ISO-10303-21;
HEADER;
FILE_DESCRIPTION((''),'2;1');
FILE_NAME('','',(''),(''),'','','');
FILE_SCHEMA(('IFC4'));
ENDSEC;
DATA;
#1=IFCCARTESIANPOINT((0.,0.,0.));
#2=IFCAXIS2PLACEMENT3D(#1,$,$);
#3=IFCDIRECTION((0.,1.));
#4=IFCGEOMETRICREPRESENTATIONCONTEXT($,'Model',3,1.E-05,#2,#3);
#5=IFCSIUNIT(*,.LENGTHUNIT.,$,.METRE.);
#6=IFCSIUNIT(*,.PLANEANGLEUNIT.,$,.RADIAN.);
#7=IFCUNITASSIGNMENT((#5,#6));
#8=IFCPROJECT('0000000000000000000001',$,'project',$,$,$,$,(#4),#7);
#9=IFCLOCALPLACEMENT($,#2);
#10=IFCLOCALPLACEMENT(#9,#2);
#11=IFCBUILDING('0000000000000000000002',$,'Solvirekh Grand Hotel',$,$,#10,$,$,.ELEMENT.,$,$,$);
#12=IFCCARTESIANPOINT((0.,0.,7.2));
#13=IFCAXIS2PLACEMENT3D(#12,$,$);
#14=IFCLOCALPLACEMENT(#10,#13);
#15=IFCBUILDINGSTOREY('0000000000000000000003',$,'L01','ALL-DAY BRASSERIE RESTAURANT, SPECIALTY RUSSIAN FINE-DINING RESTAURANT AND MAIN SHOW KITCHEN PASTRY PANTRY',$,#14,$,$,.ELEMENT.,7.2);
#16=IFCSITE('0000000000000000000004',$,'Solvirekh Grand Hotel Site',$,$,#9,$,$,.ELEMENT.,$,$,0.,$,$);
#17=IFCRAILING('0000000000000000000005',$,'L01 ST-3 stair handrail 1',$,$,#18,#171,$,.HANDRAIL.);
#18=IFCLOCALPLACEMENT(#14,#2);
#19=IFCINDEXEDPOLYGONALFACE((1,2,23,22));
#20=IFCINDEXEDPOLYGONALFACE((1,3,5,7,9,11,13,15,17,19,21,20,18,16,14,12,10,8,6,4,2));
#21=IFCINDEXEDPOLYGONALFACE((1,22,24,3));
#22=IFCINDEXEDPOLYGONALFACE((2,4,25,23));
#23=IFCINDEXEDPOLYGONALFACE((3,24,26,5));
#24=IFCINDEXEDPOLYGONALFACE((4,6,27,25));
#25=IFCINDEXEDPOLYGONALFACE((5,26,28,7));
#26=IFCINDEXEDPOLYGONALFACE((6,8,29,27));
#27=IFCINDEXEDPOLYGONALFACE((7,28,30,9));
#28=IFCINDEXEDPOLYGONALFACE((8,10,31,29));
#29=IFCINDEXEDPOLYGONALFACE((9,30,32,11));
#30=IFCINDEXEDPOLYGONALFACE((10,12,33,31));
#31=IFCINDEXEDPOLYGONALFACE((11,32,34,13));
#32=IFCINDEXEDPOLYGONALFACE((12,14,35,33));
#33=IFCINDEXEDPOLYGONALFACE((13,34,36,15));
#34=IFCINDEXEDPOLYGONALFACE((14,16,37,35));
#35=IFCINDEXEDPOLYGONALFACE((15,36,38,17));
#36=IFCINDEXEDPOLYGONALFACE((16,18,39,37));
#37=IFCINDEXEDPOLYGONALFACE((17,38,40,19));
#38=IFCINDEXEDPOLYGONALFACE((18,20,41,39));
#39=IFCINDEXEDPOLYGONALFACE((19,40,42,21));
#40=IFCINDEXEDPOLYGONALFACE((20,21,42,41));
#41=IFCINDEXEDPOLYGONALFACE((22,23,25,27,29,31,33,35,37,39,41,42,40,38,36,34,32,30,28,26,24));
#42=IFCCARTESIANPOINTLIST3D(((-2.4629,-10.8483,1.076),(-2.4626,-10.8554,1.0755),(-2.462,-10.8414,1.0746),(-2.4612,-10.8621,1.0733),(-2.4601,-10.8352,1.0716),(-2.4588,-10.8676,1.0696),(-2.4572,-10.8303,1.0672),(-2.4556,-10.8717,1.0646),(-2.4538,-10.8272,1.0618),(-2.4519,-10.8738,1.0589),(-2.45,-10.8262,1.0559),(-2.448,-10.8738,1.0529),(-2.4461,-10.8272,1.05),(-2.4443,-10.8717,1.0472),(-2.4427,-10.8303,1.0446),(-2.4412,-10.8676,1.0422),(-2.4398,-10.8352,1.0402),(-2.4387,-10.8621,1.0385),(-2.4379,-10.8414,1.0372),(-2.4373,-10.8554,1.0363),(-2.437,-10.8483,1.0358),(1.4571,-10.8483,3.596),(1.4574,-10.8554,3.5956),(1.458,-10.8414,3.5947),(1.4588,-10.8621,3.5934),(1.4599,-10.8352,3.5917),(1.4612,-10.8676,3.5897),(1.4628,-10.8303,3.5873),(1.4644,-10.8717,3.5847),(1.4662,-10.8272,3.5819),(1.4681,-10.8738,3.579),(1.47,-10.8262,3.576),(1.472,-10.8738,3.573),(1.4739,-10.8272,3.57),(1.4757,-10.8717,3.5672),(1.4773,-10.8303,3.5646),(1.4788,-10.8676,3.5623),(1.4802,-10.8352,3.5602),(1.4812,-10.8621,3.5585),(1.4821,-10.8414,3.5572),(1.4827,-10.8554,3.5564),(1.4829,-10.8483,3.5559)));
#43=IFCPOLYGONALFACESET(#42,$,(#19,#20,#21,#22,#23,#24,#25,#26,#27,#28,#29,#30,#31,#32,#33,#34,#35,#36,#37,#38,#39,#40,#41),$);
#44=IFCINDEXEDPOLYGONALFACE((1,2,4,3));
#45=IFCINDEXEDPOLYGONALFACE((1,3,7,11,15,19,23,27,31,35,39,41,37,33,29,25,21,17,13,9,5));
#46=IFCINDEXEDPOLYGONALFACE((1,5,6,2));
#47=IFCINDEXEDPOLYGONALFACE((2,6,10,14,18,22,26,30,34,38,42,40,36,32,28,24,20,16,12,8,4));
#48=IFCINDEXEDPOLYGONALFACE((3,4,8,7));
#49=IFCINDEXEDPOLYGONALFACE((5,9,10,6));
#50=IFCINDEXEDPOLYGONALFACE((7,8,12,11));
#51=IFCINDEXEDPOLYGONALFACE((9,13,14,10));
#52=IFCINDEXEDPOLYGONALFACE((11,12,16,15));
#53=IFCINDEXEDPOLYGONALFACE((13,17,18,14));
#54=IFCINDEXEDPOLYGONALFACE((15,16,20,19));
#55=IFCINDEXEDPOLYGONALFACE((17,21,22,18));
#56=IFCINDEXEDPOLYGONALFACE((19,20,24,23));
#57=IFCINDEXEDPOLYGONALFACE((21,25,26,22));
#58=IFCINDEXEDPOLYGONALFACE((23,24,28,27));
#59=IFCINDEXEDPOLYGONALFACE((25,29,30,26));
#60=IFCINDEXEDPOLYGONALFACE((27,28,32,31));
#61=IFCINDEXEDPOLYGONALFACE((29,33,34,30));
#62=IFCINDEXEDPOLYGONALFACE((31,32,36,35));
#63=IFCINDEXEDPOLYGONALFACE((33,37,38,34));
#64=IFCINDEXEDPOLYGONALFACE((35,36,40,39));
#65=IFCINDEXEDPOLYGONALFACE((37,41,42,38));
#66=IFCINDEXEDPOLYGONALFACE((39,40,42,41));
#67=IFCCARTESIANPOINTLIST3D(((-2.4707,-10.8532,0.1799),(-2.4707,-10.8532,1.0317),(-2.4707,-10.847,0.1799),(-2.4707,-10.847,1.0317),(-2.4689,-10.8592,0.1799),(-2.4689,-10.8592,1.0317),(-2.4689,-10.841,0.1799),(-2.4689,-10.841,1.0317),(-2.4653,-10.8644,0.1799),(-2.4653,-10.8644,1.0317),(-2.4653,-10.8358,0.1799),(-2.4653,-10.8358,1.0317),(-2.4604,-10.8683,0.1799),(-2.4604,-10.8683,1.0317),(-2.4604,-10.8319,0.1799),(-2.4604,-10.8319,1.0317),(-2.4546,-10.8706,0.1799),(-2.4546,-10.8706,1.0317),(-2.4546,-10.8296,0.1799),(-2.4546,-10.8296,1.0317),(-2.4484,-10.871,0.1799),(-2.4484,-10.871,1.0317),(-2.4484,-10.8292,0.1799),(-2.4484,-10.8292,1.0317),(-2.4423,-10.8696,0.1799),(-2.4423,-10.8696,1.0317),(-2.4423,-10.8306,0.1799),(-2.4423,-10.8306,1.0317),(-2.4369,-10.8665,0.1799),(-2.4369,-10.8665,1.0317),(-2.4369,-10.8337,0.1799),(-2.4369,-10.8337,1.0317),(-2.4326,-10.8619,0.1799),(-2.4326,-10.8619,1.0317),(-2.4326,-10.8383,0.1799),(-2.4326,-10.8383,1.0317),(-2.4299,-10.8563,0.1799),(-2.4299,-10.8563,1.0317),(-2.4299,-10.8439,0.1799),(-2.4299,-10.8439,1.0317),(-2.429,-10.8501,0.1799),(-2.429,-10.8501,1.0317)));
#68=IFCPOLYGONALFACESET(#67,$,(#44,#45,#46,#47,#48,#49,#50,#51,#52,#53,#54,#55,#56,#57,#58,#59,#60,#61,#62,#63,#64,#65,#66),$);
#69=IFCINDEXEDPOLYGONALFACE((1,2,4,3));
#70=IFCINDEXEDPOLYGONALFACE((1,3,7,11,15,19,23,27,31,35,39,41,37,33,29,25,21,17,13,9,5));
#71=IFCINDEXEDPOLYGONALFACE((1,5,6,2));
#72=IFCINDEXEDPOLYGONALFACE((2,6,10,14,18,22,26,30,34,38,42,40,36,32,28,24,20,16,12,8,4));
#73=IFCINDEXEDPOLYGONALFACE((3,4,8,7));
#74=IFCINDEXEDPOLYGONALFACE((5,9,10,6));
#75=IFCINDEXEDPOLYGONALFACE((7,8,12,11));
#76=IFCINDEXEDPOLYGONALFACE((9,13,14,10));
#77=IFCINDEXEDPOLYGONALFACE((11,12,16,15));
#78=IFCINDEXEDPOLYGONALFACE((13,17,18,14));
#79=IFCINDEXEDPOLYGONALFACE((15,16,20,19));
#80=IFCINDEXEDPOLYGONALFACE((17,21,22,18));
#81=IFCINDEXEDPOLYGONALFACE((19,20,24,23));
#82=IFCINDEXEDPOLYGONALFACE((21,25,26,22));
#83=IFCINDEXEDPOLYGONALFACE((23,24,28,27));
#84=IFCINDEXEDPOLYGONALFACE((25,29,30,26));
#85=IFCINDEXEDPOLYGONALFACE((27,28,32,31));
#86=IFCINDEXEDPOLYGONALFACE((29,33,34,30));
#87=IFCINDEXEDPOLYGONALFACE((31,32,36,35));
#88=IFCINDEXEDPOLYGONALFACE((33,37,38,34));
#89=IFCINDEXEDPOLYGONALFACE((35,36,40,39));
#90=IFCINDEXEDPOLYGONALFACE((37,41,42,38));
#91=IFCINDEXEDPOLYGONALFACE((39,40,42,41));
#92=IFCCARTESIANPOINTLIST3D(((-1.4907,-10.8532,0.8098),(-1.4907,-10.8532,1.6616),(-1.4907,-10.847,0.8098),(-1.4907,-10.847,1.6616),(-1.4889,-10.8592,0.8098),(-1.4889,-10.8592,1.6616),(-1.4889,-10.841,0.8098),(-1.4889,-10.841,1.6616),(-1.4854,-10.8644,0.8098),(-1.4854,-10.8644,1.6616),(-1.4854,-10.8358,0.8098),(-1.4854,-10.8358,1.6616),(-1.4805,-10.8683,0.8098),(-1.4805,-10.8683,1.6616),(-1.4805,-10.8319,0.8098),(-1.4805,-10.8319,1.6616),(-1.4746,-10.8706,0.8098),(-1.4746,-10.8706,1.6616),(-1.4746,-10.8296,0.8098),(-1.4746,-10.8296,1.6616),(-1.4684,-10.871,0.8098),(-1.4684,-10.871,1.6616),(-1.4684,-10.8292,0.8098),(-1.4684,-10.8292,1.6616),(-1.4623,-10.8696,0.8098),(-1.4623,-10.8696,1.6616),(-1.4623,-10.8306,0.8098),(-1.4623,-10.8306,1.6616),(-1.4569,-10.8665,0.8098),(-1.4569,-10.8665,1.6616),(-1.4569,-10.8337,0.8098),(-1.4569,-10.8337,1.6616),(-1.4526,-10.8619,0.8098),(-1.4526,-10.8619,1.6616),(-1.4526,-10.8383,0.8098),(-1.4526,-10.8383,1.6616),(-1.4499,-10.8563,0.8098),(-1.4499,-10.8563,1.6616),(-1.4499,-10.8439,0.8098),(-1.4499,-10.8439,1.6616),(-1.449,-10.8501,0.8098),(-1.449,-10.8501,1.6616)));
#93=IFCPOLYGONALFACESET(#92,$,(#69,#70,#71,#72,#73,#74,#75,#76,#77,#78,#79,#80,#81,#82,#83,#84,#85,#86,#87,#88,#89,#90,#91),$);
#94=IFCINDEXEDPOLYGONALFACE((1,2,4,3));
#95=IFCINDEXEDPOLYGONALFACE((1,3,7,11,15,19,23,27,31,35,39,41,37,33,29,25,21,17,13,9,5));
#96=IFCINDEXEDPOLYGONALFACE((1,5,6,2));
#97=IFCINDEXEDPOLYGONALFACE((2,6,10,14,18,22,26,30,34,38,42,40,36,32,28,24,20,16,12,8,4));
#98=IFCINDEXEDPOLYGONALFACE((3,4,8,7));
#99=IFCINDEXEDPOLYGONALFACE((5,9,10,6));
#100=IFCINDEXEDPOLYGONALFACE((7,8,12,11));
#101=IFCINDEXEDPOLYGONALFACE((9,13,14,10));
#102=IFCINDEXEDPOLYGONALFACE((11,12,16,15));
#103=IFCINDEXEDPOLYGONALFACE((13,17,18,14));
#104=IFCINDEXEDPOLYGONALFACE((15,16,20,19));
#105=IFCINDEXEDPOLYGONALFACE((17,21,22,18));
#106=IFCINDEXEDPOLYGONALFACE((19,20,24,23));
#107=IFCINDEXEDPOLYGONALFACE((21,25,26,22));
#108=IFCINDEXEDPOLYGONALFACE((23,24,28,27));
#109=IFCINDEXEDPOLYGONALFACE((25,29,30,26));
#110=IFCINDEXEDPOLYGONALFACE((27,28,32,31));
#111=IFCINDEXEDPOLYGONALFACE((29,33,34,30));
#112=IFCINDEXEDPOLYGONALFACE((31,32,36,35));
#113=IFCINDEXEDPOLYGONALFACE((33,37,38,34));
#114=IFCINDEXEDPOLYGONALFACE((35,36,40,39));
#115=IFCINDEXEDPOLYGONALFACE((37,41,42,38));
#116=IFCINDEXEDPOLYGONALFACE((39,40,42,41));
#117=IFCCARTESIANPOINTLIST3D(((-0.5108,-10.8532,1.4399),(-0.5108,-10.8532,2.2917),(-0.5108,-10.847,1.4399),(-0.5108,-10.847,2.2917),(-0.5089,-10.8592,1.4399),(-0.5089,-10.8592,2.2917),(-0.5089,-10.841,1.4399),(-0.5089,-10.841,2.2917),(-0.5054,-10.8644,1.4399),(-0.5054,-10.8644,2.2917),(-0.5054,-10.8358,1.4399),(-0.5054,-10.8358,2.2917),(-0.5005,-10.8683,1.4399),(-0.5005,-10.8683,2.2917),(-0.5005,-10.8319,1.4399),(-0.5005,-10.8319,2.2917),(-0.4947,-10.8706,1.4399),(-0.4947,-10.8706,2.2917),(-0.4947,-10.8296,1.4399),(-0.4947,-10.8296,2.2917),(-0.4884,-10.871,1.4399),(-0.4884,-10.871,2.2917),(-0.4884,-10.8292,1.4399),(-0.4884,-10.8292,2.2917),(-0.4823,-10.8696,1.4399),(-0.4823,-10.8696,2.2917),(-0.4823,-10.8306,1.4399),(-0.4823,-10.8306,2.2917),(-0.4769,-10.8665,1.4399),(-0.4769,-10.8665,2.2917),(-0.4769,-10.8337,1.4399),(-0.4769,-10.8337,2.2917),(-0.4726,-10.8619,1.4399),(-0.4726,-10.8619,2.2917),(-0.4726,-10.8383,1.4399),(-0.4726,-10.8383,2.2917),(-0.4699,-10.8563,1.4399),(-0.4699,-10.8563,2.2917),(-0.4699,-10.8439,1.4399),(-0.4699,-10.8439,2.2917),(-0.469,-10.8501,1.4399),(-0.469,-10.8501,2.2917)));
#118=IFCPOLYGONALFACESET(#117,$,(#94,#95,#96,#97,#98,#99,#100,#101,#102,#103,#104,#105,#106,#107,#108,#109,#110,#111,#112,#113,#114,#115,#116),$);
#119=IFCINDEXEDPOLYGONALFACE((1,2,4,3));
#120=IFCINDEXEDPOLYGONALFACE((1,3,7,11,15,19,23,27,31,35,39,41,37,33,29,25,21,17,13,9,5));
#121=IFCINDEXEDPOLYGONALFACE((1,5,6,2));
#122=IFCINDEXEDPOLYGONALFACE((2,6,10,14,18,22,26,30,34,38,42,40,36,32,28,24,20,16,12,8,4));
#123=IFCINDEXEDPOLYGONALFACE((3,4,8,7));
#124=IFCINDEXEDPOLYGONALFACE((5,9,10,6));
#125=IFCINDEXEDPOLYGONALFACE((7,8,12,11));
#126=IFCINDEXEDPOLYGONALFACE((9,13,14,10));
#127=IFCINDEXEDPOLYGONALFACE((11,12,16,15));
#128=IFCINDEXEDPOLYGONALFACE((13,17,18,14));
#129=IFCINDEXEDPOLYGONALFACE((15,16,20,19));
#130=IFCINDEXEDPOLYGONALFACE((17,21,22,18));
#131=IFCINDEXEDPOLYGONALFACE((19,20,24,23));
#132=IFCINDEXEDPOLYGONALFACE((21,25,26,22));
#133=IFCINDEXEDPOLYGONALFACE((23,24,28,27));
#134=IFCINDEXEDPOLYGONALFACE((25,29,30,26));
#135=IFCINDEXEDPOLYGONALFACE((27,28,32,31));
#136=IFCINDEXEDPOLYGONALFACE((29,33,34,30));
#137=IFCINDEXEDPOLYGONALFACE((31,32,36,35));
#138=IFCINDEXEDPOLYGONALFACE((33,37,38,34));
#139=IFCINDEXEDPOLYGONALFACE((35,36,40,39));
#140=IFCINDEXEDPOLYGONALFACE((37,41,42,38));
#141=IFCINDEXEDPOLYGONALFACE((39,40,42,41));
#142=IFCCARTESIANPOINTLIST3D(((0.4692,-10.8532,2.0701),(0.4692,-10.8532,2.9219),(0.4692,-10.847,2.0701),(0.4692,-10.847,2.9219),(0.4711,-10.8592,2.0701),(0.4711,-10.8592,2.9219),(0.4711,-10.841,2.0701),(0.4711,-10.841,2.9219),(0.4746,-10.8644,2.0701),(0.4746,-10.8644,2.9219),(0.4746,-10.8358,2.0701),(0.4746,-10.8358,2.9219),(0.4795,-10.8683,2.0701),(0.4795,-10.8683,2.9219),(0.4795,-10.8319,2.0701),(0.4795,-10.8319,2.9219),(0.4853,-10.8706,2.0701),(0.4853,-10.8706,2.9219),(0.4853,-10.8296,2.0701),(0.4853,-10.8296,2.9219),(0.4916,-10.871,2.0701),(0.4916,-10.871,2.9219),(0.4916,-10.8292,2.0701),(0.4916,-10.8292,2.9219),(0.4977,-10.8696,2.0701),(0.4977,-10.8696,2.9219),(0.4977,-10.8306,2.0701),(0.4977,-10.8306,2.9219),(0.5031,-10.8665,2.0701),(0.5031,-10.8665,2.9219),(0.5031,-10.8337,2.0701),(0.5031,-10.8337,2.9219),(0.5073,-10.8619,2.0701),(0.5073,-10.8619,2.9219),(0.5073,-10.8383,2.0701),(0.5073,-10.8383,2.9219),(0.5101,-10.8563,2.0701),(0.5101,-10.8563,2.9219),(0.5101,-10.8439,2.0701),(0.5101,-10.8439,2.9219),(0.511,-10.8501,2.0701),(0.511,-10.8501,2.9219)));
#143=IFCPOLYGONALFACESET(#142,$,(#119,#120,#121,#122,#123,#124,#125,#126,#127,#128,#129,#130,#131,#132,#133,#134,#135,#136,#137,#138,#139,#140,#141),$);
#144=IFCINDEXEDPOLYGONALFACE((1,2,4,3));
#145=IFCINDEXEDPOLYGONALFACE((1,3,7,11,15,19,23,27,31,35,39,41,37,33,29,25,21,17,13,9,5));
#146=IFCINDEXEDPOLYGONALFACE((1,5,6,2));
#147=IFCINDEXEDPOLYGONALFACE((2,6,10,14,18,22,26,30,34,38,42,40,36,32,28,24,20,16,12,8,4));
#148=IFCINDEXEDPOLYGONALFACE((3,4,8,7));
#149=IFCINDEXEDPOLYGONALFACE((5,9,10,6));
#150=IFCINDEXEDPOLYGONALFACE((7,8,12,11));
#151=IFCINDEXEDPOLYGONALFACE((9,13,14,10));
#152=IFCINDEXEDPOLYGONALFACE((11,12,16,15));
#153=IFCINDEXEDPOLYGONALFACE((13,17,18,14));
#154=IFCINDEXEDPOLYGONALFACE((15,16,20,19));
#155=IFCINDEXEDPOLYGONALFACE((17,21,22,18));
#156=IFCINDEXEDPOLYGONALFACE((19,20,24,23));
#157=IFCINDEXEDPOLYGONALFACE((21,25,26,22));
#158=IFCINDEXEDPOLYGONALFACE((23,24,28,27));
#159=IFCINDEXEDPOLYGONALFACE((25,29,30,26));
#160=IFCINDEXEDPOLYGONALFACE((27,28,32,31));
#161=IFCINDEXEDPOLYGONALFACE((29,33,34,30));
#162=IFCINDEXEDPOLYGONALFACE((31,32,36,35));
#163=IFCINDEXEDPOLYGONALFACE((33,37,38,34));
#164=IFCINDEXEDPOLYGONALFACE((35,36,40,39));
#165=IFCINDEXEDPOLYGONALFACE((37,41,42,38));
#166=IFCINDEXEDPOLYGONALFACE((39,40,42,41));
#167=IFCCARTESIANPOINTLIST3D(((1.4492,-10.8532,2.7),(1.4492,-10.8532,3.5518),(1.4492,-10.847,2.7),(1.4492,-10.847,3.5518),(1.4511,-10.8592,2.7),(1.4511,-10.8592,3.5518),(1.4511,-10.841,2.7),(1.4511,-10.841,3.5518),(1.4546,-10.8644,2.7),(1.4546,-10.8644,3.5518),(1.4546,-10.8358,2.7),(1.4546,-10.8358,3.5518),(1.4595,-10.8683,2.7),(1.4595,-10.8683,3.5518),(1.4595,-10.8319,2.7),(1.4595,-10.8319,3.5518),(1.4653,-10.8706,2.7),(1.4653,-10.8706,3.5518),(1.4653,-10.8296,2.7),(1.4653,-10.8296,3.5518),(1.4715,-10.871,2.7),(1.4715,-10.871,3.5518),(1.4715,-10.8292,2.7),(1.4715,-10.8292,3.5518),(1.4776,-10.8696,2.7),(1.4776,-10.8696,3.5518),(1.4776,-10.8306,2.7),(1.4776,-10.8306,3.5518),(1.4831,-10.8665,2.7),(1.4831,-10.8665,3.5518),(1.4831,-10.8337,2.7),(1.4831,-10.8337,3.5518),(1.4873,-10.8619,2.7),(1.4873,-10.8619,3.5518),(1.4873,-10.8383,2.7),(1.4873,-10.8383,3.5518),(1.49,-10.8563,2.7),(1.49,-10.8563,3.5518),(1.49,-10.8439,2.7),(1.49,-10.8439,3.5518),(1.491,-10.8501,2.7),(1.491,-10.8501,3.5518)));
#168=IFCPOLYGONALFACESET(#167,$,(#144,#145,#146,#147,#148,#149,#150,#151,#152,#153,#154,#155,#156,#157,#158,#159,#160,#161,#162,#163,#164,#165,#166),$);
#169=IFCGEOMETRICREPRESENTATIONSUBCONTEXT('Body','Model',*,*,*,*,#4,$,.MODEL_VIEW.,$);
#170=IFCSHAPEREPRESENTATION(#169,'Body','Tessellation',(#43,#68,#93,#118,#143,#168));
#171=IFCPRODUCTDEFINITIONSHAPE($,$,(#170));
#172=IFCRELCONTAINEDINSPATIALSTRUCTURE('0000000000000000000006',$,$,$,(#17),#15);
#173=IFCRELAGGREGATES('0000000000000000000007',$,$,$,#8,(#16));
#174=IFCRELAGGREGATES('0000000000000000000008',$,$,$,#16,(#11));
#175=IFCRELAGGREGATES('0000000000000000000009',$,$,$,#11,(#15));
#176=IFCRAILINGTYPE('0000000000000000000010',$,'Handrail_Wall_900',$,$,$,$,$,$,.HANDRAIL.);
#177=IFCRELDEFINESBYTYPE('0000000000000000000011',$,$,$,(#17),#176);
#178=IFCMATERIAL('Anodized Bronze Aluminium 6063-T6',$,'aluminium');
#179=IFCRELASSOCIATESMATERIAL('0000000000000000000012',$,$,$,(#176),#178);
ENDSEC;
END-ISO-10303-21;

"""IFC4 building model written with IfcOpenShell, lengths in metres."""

from ifc_helpers import new_model, si_unit, direction, frame, origin, origin_2d, place, context, subcontext, project, spatial, circle, extrude, material, type_object, element, save


model = new_model("IFC4")

# Units and contexts
model_context = context("Model", 3, precision=1e-05, world=origin(), true_north=direction((0.0, 1.0)))
body_context = subcontext(model_context, "Body", "Model", "MODEL_VIEW")
ifc_project = project(units=[si_unit("LENGTHUNIT", "METRE"), si_unit("PLANEANGLEUNIT", "RADIAN")], contexts=[model_context])

# Site, building, storey
site_placement = place(None, origin())
site = spatial("IfcSite", under=ifc_project, at=site_placement, Name="Solvirekh Grand Hotel Site", CompositionType="ELEMENT", RefElevation=0.0)
building_placement = place(site_placement, origin())
building = spatial("IfcBuilding", under=site, at=building_placement, Name="Solvirekh Grand Hotel", CompositionType="ELEMENT")
storey_placement = place(building_placement, frame((0.0, 0.0, 7.2)))
storey = spatial("IfcBuildingStorey", under=building, at=storey_placement, Name="L01", Description="ALL-DAY BRASSERIE RESTAURANT, SPECIALTY RUSSIAN FINE-DINING RESTAURANT AND MAIN SHOW KITCHEN PASTRY PANTRY", CompositionType="ELEMENT", Elevation=7.2)

# Shared definitions
ifc_material_1 = material(Name="Anodized Bronze Aluminium 6063-T6", Category="aluminium")

# Railing
railing_type_1 = type_object("IfcRailingType", Name="Handrail_Wall_900", PredefinedType="HANDRAIL", material=ifc_material_1)
railing_1_placement = place(storey_placement, frame((-2.45, -10.8501, 0.1799)))
element("IfcRailing", 1, at=railing_1_placement, inside=storey, type_object=railing_type_1, Name="L01 ST-3 stair handrail 1", PredefinedType="HANDRAIL", context=body_context, shape_type="SweptSolid", body=[
    extrude(circle(Radius=0.0239, at=origin_2d()), frame((0.0, 0.0, 0.876), z_axis=(0.841172, 0.0, 0.540768), x_axis=(0.0, 1.0, 0.0)), (0.0, 0.0, 1.0), 4.6602),
    extrude(circle(Radius=0.021, at=origin_2d()), origin(), (0.0, 0.0, 1.0), 0.8518),
    extrude(circle(Radius=0.021, at=origin_2d()), frame((0.98, 0.0, 0.6299)), (0.0, 0.0, 1.0), 0.8518),
    extrude(circle(Radius=0.021, at=origin_2d()), frame((1.96, 0.0, 1.26)), (0.0, 0.0, 1.0), 0.8518),
    extrude(circle(Radius=0.021, at=origin_2d()), frame((2.9399, 0.0, 1.8901)), (0.0, 0.0, 1.0), 0.8518),
    extrude(circle(Radius=0.021, at=origin_2d()), frame((3.9199, 0.0, 2.52)), (0.0, 0.0, 1.0), 0.8518),
])

save(model, "model.ifc")
